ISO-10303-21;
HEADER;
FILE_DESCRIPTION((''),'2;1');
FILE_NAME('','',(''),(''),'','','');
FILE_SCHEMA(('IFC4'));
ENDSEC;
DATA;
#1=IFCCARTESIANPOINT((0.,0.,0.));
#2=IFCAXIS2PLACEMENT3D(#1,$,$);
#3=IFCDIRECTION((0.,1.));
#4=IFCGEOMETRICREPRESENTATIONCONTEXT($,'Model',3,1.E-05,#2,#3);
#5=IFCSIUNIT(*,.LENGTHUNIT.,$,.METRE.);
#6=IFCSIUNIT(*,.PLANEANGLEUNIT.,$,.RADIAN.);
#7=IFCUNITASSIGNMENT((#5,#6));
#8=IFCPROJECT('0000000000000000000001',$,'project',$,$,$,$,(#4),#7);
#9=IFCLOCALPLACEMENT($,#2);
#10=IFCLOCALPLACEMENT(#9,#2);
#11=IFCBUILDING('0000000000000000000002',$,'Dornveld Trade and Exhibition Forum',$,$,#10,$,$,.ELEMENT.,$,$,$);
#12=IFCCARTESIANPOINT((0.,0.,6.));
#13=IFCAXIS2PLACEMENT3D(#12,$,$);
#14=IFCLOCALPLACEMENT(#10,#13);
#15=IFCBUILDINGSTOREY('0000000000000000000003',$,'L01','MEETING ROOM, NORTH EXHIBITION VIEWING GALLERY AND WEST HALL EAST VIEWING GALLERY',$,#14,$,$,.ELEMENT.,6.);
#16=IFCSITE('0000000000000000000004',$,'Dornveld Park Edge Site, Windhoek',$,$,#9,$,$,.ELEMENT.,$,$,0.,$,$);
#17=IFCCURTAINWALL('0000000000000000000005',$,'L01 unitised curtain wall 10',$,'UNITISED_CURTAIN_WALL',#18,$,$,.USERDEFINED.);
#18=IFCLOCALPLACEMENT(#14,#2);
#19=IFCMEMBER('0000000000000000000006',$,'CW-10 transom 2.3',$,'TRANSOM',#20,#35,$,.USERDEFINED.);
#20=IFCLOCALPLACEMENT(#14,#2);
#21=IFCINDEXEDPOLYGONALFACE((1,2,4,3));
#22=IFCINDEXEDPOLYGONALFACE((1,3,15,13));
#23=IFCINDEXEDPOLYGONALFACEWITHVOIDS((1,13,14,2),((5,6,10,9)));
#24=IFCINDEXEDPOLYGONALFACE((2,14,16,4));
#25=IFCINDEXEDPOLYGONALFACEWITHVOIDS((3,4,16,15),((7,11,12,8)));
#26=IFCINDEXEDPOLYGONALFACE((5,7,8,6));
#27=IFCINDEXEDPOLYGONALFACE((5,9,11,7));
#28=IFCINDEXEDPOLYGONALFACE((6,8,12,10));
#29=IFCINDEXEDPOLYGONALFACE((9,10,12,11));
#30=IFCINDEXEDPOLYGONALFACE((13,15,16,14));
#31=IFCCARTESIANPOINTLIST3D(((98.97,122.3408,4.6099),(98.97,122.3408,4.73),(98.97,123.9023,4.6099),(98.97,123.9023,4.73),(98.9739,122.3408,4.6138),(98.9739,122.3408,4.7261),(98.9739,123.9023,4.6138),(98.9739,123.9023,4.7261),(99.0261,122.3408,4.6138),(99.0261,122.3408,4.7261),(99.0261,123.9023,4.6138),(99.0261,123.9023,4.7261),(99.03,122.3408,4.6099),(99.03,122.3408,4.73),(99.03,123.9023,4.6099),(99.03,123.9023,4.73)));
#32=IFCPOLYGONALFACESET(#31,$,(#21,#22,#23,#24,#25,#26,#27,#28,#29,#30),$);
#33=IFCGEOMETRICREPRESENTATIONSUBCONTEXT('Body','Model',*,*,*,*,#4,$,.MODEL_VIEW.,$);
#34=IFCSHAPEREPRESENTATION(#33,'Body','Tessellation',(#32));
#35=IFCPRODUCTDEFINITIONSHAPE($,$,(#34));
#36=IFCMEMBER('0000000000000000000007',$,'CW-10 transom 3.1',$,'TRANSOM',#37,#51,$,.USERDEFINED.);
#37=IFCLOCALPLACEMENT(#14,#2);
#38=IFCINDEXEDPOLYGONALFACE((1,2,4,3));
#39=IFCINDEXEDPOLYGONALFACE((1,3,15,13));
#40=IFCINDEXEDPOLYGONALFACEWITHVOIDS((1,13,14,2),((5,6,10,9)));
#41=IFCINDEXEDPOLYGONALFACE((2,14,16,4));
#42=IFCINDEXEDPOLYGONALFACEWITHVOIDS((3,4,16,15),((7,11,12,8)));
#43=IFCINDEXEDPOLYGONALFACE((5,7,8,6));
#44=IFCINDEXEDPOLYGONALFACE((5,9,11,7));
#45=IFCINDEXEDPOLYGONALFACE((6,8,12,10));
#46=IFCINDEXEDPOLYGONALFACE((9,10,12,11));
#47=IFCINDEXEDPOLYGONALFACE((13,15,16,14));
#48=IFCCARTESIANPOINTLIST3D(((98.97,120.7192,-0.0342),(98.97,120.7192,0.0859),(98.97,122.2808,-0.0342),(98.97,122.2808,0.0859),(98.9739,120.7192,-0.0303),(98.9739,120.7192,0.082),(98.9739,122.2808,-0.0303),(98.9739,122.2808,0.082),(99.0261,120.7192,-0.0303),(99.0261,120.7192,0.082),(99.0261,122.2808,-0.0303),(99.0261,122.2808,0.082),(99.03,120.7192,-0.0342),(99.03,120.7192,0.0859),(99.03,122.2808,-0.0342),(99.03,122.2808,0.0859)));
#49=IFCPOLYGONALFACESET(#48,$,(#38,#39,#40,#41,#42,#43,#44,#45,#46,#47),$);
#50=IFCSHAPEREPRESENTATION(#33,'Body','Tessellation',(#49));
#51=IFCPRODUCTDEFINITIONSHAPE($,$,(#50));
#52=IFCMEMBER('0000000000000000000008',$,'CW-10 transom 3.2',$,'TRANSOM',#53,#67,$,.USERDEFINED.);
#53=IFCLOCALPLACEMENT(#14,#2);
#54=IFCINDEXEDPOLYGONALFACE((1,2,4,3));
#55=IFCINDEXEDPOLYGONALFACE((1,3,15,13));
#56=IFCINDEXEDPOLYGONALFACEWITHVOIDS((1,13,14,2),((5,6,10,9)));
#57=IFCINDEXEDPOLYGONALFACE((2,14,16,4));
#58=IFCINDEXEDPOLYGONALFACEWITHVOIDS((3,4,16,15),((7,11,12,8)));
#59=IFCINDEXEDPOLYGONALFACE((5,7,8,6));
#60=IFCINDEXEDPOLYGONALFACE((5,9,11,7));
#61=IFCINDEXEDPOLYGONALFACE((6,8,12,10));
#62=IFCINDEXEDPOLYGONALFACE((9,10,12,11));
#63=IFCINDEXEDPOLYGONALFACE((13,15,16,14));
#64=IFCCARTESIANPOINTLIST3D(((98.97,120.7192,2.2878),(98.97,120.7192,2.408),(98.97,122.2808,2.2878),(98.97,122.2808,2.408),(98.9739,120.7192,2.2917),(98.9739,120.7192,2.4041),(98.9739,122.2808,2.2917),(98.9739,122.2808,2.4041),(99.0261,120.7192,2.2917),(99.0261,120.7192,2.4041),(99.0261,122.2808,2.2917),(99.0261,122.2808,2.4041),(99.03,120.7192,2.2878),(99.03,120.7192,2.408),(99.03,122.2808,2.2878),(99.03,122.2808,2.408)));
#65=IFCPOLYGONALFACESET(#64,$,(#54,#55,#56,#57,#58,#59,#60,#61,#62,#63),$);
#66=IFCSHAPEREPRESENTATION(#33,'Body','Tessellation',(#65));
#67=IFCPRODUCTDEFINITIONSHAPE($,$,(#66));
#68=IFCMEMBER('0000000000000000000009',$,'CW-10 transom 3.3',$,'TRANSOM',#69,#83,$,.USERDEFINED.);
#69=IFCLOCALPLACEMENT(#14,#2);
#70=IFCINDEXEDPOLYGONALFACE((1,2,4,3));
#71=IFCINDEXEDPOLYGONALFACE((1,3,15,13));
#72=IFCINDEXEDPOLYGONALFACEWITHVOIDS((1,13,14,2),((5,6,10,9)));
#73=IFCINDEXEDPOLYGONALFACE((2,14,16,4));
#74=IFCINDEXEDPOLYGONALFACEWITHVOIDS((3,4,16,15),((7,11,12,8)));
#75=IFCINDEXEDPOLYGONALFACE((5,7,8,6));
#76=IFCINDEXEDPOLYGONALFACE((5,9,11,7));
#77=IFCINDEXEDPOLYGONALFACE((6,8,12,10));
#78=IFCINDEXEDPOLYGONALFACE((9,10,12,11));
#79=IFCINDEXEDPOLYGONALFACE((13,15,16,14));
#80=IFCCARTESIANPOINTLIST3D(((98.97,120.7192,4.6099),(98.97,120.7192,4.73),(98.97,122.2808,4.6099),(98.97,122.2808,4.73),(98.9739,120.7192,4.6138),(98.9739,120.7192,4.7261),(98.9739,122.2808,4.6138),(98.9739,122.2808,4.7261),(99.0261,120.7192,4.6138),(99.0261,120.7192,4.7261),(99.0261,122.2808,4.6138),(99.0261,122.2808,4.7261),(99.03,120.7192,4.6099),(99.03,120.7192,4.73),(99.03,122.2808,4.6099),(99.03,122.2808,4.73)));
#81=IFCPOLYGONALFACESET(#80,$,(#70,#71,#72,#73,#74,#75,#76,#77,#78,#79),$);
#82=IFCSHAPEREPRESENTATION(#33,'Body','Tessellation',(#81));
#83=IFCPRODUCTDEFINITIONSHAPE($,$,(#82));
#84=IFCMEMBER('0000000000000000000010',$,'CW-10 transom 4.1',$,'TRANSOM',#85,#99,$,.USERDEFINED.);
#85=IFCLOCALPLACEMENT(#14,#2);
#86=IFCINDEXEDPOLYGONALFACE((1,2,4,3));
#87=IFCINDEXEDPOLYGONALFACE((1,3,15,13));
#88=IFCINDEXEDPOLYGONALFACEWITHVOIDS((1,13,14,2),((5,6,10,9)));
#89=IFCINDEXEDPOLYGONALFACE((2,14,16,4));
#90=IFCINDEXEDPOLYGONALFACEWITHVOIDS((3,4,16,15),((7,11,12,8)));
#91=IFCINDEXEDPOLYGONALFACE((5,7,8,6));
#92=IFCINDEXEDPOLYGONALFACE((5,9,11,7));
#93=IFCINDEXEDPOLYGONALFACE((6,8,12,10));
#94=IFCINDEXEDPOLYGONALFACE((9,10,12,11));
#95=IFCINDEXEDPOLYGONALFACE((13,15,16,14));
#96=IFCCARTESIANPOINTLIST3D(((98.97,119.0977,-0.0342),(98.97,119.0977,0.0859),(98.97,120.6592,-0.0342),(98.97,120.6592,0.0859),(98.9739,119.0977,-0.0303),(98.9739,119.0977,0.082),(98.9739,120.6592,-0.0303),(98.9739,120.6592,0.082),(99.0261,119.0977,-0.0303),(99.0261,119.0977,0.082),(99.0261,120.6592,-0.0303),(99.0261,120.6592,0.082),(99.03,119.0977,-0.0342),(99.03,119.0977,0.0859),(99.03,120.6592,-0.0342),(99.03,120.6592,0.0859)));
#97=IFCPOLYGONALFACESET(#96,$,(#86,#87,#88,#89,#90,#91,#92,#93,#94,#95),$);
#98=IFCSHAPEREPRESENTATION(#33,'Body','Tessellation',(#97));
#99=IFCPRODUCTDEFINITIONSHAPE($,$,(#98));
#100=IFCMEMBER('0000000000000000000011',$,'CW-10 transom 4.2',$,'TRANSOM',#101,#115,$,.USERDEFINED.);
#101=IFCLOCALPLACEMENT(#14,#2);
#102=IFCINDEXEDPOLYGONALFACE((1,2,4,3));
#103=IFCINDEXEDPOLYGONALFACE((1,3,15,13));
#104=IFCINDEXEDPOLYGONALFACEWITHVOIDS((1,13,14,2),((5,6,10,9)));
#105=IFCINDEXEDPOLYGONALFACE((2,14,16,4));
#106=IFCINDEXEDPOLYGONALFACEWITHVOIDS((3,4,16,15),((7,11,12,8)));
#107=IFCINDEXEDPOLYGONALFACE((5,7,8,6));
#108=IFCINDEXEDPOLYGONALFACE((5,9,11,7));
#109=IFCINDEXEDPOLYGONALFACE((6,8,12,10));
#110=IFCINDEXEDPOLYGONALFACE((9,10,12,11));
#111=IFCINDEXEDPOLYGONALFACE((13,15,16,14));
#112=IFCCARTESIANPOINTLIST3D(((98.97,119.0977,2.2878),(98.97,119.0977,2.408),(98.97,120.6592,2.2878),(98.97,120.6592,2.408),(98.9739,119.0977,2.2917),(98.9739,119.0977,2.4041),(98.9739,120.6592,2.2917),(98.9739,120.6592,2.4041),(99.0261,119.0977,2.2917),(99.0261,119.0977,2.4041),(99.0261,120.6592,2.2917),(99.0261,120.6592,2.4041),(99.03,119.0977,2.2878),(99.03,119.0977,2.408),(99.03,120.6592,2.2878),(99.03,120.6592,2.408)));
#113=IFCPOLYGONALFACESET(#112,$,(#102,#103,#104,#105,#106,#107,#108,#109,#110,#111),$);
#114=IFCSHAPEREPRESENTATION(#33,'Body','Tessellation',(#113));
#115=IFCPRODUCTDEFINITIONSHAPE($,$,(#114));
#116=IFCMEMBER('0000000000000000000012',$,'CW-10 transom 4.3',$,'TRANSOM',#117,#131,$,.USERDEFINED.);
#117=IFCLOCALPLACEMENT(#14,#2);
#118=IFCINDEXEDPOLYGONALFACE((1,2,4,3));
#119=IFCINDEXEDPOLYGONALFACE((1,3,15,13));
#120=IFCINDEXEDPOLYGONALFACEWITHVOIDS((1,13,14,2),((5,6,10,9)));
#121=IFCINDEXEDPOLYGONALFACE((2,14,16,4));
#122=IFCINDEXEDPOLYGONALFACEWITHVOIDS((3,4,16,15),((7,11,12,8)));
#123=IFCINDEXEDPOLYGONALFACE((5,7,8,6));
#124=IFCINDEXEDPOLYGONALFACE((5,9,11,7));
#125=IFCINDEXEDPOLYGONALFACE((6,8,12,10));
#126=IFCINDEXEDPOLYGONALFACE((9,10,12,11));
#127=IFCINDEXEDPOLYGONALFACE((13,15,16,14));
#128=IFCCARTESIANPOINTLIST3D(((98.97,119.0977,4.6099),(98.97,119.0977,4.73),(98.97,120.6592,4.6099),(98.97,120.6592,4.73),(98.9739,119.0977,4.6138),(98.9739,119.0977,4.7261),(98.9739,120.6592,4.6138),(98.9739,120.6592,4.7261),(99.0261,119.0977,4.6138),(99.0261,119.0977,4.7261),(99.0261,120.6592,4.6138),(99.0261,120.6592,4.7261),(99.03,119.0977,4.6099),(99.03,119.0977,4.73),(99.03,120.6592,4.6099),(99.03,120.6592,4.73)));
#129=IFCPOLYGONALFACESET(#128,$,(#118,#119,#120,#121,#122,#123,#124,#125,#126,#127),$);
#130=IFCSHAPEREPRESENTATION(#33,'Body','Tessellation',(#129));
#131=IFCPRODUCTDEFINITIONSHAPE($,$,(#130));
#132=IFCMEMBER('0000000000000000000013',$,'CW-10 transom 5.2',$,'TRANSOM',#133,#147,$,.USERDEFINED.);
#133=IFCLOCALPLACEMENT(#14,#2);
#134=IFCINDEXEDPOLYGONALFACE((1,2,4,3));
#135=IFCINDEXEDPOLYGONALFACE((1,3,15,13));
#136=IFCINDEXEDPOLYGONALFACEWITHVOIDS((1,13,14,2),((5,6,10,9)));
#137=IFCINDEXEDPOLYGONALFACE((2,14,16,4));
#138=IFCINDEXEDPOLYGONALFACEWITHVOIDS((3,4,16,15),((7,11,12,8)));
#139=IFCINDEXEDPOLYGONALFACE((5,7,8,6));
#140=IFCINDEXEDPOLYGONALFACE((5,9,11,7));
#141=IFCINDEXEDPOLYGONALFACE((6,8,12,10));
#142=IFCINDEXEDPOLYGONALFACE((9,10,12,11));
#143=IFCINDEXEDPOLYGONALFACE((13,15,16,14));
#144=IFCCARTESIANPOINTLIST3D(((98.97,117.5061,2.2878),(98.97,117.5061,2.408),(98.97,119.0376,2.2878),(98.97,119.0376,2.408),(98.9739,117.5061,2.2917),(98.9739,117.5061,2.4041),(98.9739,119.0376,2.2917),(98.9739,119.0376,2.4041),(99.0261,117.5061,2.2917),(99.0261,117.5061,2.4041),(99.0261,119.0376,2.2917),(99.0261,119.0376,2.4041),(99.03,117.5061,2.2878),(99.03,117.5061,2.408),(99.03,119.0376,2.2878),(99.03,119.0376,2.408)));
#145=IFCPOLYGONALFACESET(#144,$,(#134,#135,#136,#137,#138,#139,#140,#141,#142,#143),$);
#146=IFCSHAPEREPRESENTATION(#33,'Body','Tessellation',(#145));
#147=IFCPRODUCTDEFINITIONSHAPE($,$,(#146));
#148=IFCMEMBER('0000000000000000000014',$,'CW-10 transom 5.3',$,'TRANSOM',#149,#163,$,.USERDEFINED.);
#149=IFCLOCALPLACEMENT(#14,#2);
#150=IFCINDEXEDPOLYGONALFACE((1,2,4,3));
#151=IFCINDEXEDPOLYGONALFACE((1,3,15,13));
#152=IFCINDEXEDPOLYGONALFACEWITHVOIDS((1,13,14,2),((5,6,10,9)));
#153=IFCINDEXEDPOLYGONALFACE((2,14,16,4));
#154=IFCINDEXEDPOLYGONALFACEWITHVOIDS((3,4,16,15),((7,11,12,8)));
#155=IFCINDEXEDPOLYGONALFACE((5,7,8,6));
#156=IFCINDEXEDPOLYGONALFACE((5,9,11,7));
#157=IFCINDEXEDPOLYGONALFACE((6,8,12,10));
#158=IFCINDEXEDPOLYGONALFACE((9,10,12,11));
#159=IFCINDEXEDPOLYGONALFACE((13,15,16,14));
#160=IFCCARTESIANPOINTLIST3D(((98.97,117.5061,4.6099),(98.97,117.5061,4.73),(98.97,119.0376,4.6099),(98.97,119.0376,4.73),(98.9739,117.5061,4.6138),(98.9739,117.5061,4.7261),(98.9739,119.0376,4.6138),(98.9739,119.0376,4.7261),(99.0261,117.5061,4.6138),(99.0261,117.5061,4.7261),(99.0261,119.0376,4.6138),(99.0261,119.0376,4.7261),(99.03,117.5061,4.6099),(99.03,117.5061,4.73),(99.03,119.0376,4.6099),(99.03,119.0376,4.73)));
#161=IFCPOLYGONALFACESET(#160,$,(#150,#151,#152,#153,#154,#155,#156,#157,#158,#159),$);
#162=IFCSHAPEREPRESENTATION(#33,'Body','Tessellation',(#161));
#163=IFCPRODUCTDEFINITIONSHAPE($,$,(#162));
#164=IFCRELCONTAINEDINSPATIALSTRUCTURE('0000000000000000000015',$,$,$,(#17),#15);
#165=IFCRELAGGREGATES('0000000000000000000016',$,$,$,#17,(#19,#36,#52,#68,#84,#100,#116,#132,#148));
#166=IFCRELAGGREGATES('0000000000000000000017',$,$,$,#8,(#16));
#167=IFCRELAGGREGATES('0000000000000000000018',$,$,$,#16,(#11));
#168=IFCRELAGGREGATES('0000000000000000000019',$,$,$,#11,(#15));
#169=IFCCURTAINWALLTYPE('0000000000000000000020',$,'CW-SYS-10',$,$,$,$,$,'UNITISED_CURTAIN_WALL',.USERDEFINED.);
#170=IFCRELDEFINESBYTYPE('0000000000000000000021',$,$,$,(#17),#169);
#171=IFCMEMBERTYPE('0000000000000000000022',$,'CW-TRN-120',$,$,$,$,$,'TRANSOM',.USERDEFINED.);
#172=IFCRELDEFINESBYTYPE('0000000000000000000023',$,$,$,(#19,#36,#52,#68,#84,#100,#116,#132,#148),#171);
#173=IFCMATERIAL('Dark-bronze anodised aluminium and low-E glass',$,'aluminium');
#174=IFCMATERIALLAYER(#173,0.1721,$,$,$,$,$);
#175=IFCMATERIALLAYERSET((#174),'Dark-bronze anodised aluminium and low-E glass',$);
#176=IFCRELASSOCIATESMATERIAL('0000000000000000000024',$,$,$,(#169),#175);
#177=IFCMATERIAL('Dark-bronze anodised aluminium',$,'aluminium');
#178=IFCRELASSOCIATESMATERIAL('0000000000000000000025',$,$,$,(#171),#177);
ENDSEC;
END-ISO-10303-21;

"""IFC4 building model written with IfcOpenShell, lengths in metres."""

from ifc_helpers import new_model, si_unit, direction, frame, origin, origin_2d, place, context, subcontext, project, spatial, hollow_rectangle, extrude, material, layer, layer_set, material_profile, profile_set, type_object, element, aggregate, save


model = new_model("IFC4")

# Units and contexts
model_context = context("Model", 3, precision=1e-05, world=origin(), true_north=direction((0.0, 1.0)))
body_context = subcontext(model_context, "Body", "Model", "MODEL_VIEW")
ifc_project = project(units=[si_unit("LENGTHUNIT", "METRE"), si_unit("PLANEANGLEUNIT", "RADIAN")], contexts=[model_context])

# Site, building, storey
site_placement = place(None, origin())
site = spatial("IfcSite", under=ifc_project, at=site_placement, Name="Dornveld Park Edge Site, Windhoek", CompositionType="ELEMENT", RefElevation=0.0)
building_placement = place(site_placement, origin())
building = spatial("IfcBuilding", under=site, at=building_placement, Name="Dornveld Trade and Exhibition Forum", CompositionType="ELEMENT")
storey_placement = place(building_placement, frame((0.0, 0.0, 6.0)))
storey = spatial("IfcBuildingStorey", under=building, at=storey_placement, Name="L01", Description="MEETING ROOM, NORTH EXHIBITION VIEWING GALLERY AND WEST HALL EAST VIEWING GALLERY", CompositionType="ELEMENT", Elevation=6.0)

# Curtain wall, members
ifc_material_1 = material(Name="Dark-bronze anodised aluminium and low-E glass", Category="aluminium")
ifc_layer_1 = layer(ifc_material_1, 0.1721)
ifc_layer_set_1 = layer_set([ifc_layer_1], Name="Dark-bronze anodised aluminium and low-E glass")
curtain_wall_type = type_object("IfcCurtainWallType", Name="CW-SYS-10", ElementType="UNITISED_CURTAIN_WALL", PredefinedType="USERDEFINED", material=ifc_layer_set_1)
curtain_wall_placement = place(storey_placement, origin())
curtain_wall = element("IfcCurtainWall", 1, at=curtain_wall_placement, inside=storey, type_object=curtain_wall_type, Name="L01 unitised curtain wall 10", ObjectType="UNITISED_CURTAIN_WALL", PredefinedType="USERDEFINED")
ifc_material_2 = material(Name="Dark-bronze anodised aluminium", Category="aluminium")
ifc_material_profile_1 = material_profile(ifc_material_2, hollow_rectangle(XDim=0.0601, YDim=0.1201, WallThickness=0.0039, at=origin_2d()), Name="RHS 120x60x4")
ifc_profile_set_1 = profile_set([ifc_material_profile_1], Name="Dark-bronze anodised aluminium")
member_type_1 = type_object("IfcMemberType", Name="CW-TRN-120", ElementType="TRANSOM", PredefinedType="USERDEFINED", material=ifc_profile_set_1)
member_1_placement = place(storey_placement, frame((99.0, 123.9023, 4.6699), z_axis=(0.0, -1.0, 0.0), x_axis=(1.0, 0.0, 0.0)))
member_1 = element("IfcMember", 2, at=member_1_placement, type_object=member_type_1, Name="CW-10 transom 2.3", ObjectType="TRANSOM", PredefinedType="USERDEFINED", context=body_context, shape_type="SweptSolid", body=[
    extrude(hollow_rectangle(XDim=0.0601, YDim=0.1201, WallThickness=0.0039, at=origin_2d()), origin(), (0.0, 0.0, 1.0), 1.5615),
])
member_2_placement = place(storey_placement, frame((99.0, 122.2808, 0.0259), z_axis=(0.0, -1.0, 0.0), x_axis=(1.0, 0.0, 0.0)))
member_2 = element("IfcMember", 3, at=member_2_placement, type_object=member_type_1, Name="CW-10 transom 3.1", ObjectType="TRANSOM", PredefinedType="USERDEFINED", context=body_context, shape_type="SweptSolid", body=[
    extrude(hollow_rectangle(XDim=0.0601, YDim=0.1201, WallThickness=0.0039, at=origin_2d()), origin(), (0.0, 0.0, 1.0), 1.5615),
])
member_3_placement = place(storey_placement, frame((99.0, 122.2808, 2.3479), z_axis=(0.0, -1.0, 0.0), x_axis=(1.0, 0.0, 0.0)))
member_3 = element("IfcMember", 4, at=member_3_placement, type_object=member_type_1, Name="CW-10 transom 3.2", ObjectType="TRANSOM", PredefinedType="USERDEFINED", context=body_context, shape_type="SweptSolid", body=[
    extrude(hollow_rectangle(XDim=0.0601, YDim=0.1201, WallThickness=0.0039, at=origin_2d()), origin(), (0.0, 0.0, 1.0), 1.5615),
])
member_4_placement = place(storey_placement, frame((99.0, 122.2808, 4.6699), z_axis=(0.0, -1.0, 0.0), x_axis=(1.0, 0.0, 0.0)))
member_4 = element("IfcMember", 5, at=member_4_placement, type_object=member_type_1, Name="CW-10 transom 3.3", ObjectType="TRANSOM", PredefinedType="USERDEFINED", context=body_context, shape_type="SweptSolid", body=[
    extrude(hollow_rectangle(XDim=0.0601, YDim=0.1201, WallThickness=0.0039, at=origin_2d()), origin(), (0.0, 0.0, 1.0), 1.5615),
])
member_5_placement = place(storey_placement, frame((99.0, 120.6592, 0.0259), z_axis=(0.0, -1.0, 0.0), x_axis=(1.0, 0.0, 0.0)))
member_5 = element("IfcMember", 6, at=member_5_placement, type_object=member_type_1, Name="CW-10 transom 4.1", ObjectType="TRANSOM", PredefinedType="USERDEFINED", context=body_context, shape_type="SweptSolid", body=[
    extrude(hollow_rectangle(XDim=0.0601, YDim=0.1201, WallThickness=0.0039, at=origin_2d()), origin(), (0.0, 0.0, 1.0), 1.5615),
])
member_6_placement = place(storey_placement, frame((99.0, 120.6592, 2.3479), z_axis=(0.0, -1.0, 0.0), x_axis=(1.0, 0.0, 0.0)))
member_6 = element("IfcMember", 7, at=member_6_placement, type_object=member_type_1, Name="CW-10 transom 4.2", ObjectType="TRANSOM", PredefinedType="USERDEFINED", context=body_context, shape_type="SweptSolid", body=[
    extrude(hollow_rectangle(XDim=0.0601, YDim=0.1201, WallThickness=0.0039, at=origin_2d()), origin(), (0.0, 0.0, 1.0), 1.5615),
])
member_7_placement = place(storey_placement, frame((99.0, 120.6592, 4.6699), z_axis=(0.0, -1.0, 0.0), x_axis=(1.0, 0.0, 0.0)))
member_7 = element("IfcMember", 8, at=member_7_placement, type_object=member_type_1, Name="CW-10 transom 4.3", ObjectType="TRANSOM", PredefinedType="USERDEFINED", context=body_context, shape_type="SweptSolid", body=[
    extrude(hollow_rectangle(XDim=0.0601, YDim=0.1201, WallThickness=0.0039, at=origin_2d()), origin(), (0.0, 0.0, 1.0), 1.5615),
])
member_8_placement = place(storey_placement, frame((99.0, 119.0376, 2.3479), z_axis=(0.0, -1.0, 0.0), x_axis=(1.0, 0.0, 0.0)))
member_8 = element("IfcMember", 9, at=member_8_placement, type_object=member_type_1, Name="CW-10 transom 5.2", ObjectType="TRANSOM", PredefinedType="USERDEFINED", context=body_context, shape_type="SweptSolid", body=[
    extrude(hollow_rectangle(XDim=0.0601, YDim=0.1201, WallThickness=0.0039, at=origin_2d()), origin(), (0.0, 0.0, 1.0), 1.5315),
])
member_9_placement = place(storey_placement, frame((99.0, 119.0376, 4.6699), z_axis=(0.0, -1.0, 0.0), x_axis=(1.0, 0.0, 0.0)))
member_9 = element("IfcMember", 10, at=member_9_placement, type_object=member_type_1, Name="CW-10 transom 5.3", ObjectType="TRANSOM", PredefinedType="USERDEFINED", context=body_context, shape_type="SweptSolid", body=[
    extrude(hollow_rectangle(XDim=0.0601, YDim=0.1201, WallThickness=0.0039, at=origin_2d()), origin(), (0.0, 0.0, 1.0), 1.5315),
])

aggregate(curtain_wall, [member_1, member_2, member_3, member_4, member_5, member_6, member_7, member_8, member_9])

save(model, "model.ifc")
